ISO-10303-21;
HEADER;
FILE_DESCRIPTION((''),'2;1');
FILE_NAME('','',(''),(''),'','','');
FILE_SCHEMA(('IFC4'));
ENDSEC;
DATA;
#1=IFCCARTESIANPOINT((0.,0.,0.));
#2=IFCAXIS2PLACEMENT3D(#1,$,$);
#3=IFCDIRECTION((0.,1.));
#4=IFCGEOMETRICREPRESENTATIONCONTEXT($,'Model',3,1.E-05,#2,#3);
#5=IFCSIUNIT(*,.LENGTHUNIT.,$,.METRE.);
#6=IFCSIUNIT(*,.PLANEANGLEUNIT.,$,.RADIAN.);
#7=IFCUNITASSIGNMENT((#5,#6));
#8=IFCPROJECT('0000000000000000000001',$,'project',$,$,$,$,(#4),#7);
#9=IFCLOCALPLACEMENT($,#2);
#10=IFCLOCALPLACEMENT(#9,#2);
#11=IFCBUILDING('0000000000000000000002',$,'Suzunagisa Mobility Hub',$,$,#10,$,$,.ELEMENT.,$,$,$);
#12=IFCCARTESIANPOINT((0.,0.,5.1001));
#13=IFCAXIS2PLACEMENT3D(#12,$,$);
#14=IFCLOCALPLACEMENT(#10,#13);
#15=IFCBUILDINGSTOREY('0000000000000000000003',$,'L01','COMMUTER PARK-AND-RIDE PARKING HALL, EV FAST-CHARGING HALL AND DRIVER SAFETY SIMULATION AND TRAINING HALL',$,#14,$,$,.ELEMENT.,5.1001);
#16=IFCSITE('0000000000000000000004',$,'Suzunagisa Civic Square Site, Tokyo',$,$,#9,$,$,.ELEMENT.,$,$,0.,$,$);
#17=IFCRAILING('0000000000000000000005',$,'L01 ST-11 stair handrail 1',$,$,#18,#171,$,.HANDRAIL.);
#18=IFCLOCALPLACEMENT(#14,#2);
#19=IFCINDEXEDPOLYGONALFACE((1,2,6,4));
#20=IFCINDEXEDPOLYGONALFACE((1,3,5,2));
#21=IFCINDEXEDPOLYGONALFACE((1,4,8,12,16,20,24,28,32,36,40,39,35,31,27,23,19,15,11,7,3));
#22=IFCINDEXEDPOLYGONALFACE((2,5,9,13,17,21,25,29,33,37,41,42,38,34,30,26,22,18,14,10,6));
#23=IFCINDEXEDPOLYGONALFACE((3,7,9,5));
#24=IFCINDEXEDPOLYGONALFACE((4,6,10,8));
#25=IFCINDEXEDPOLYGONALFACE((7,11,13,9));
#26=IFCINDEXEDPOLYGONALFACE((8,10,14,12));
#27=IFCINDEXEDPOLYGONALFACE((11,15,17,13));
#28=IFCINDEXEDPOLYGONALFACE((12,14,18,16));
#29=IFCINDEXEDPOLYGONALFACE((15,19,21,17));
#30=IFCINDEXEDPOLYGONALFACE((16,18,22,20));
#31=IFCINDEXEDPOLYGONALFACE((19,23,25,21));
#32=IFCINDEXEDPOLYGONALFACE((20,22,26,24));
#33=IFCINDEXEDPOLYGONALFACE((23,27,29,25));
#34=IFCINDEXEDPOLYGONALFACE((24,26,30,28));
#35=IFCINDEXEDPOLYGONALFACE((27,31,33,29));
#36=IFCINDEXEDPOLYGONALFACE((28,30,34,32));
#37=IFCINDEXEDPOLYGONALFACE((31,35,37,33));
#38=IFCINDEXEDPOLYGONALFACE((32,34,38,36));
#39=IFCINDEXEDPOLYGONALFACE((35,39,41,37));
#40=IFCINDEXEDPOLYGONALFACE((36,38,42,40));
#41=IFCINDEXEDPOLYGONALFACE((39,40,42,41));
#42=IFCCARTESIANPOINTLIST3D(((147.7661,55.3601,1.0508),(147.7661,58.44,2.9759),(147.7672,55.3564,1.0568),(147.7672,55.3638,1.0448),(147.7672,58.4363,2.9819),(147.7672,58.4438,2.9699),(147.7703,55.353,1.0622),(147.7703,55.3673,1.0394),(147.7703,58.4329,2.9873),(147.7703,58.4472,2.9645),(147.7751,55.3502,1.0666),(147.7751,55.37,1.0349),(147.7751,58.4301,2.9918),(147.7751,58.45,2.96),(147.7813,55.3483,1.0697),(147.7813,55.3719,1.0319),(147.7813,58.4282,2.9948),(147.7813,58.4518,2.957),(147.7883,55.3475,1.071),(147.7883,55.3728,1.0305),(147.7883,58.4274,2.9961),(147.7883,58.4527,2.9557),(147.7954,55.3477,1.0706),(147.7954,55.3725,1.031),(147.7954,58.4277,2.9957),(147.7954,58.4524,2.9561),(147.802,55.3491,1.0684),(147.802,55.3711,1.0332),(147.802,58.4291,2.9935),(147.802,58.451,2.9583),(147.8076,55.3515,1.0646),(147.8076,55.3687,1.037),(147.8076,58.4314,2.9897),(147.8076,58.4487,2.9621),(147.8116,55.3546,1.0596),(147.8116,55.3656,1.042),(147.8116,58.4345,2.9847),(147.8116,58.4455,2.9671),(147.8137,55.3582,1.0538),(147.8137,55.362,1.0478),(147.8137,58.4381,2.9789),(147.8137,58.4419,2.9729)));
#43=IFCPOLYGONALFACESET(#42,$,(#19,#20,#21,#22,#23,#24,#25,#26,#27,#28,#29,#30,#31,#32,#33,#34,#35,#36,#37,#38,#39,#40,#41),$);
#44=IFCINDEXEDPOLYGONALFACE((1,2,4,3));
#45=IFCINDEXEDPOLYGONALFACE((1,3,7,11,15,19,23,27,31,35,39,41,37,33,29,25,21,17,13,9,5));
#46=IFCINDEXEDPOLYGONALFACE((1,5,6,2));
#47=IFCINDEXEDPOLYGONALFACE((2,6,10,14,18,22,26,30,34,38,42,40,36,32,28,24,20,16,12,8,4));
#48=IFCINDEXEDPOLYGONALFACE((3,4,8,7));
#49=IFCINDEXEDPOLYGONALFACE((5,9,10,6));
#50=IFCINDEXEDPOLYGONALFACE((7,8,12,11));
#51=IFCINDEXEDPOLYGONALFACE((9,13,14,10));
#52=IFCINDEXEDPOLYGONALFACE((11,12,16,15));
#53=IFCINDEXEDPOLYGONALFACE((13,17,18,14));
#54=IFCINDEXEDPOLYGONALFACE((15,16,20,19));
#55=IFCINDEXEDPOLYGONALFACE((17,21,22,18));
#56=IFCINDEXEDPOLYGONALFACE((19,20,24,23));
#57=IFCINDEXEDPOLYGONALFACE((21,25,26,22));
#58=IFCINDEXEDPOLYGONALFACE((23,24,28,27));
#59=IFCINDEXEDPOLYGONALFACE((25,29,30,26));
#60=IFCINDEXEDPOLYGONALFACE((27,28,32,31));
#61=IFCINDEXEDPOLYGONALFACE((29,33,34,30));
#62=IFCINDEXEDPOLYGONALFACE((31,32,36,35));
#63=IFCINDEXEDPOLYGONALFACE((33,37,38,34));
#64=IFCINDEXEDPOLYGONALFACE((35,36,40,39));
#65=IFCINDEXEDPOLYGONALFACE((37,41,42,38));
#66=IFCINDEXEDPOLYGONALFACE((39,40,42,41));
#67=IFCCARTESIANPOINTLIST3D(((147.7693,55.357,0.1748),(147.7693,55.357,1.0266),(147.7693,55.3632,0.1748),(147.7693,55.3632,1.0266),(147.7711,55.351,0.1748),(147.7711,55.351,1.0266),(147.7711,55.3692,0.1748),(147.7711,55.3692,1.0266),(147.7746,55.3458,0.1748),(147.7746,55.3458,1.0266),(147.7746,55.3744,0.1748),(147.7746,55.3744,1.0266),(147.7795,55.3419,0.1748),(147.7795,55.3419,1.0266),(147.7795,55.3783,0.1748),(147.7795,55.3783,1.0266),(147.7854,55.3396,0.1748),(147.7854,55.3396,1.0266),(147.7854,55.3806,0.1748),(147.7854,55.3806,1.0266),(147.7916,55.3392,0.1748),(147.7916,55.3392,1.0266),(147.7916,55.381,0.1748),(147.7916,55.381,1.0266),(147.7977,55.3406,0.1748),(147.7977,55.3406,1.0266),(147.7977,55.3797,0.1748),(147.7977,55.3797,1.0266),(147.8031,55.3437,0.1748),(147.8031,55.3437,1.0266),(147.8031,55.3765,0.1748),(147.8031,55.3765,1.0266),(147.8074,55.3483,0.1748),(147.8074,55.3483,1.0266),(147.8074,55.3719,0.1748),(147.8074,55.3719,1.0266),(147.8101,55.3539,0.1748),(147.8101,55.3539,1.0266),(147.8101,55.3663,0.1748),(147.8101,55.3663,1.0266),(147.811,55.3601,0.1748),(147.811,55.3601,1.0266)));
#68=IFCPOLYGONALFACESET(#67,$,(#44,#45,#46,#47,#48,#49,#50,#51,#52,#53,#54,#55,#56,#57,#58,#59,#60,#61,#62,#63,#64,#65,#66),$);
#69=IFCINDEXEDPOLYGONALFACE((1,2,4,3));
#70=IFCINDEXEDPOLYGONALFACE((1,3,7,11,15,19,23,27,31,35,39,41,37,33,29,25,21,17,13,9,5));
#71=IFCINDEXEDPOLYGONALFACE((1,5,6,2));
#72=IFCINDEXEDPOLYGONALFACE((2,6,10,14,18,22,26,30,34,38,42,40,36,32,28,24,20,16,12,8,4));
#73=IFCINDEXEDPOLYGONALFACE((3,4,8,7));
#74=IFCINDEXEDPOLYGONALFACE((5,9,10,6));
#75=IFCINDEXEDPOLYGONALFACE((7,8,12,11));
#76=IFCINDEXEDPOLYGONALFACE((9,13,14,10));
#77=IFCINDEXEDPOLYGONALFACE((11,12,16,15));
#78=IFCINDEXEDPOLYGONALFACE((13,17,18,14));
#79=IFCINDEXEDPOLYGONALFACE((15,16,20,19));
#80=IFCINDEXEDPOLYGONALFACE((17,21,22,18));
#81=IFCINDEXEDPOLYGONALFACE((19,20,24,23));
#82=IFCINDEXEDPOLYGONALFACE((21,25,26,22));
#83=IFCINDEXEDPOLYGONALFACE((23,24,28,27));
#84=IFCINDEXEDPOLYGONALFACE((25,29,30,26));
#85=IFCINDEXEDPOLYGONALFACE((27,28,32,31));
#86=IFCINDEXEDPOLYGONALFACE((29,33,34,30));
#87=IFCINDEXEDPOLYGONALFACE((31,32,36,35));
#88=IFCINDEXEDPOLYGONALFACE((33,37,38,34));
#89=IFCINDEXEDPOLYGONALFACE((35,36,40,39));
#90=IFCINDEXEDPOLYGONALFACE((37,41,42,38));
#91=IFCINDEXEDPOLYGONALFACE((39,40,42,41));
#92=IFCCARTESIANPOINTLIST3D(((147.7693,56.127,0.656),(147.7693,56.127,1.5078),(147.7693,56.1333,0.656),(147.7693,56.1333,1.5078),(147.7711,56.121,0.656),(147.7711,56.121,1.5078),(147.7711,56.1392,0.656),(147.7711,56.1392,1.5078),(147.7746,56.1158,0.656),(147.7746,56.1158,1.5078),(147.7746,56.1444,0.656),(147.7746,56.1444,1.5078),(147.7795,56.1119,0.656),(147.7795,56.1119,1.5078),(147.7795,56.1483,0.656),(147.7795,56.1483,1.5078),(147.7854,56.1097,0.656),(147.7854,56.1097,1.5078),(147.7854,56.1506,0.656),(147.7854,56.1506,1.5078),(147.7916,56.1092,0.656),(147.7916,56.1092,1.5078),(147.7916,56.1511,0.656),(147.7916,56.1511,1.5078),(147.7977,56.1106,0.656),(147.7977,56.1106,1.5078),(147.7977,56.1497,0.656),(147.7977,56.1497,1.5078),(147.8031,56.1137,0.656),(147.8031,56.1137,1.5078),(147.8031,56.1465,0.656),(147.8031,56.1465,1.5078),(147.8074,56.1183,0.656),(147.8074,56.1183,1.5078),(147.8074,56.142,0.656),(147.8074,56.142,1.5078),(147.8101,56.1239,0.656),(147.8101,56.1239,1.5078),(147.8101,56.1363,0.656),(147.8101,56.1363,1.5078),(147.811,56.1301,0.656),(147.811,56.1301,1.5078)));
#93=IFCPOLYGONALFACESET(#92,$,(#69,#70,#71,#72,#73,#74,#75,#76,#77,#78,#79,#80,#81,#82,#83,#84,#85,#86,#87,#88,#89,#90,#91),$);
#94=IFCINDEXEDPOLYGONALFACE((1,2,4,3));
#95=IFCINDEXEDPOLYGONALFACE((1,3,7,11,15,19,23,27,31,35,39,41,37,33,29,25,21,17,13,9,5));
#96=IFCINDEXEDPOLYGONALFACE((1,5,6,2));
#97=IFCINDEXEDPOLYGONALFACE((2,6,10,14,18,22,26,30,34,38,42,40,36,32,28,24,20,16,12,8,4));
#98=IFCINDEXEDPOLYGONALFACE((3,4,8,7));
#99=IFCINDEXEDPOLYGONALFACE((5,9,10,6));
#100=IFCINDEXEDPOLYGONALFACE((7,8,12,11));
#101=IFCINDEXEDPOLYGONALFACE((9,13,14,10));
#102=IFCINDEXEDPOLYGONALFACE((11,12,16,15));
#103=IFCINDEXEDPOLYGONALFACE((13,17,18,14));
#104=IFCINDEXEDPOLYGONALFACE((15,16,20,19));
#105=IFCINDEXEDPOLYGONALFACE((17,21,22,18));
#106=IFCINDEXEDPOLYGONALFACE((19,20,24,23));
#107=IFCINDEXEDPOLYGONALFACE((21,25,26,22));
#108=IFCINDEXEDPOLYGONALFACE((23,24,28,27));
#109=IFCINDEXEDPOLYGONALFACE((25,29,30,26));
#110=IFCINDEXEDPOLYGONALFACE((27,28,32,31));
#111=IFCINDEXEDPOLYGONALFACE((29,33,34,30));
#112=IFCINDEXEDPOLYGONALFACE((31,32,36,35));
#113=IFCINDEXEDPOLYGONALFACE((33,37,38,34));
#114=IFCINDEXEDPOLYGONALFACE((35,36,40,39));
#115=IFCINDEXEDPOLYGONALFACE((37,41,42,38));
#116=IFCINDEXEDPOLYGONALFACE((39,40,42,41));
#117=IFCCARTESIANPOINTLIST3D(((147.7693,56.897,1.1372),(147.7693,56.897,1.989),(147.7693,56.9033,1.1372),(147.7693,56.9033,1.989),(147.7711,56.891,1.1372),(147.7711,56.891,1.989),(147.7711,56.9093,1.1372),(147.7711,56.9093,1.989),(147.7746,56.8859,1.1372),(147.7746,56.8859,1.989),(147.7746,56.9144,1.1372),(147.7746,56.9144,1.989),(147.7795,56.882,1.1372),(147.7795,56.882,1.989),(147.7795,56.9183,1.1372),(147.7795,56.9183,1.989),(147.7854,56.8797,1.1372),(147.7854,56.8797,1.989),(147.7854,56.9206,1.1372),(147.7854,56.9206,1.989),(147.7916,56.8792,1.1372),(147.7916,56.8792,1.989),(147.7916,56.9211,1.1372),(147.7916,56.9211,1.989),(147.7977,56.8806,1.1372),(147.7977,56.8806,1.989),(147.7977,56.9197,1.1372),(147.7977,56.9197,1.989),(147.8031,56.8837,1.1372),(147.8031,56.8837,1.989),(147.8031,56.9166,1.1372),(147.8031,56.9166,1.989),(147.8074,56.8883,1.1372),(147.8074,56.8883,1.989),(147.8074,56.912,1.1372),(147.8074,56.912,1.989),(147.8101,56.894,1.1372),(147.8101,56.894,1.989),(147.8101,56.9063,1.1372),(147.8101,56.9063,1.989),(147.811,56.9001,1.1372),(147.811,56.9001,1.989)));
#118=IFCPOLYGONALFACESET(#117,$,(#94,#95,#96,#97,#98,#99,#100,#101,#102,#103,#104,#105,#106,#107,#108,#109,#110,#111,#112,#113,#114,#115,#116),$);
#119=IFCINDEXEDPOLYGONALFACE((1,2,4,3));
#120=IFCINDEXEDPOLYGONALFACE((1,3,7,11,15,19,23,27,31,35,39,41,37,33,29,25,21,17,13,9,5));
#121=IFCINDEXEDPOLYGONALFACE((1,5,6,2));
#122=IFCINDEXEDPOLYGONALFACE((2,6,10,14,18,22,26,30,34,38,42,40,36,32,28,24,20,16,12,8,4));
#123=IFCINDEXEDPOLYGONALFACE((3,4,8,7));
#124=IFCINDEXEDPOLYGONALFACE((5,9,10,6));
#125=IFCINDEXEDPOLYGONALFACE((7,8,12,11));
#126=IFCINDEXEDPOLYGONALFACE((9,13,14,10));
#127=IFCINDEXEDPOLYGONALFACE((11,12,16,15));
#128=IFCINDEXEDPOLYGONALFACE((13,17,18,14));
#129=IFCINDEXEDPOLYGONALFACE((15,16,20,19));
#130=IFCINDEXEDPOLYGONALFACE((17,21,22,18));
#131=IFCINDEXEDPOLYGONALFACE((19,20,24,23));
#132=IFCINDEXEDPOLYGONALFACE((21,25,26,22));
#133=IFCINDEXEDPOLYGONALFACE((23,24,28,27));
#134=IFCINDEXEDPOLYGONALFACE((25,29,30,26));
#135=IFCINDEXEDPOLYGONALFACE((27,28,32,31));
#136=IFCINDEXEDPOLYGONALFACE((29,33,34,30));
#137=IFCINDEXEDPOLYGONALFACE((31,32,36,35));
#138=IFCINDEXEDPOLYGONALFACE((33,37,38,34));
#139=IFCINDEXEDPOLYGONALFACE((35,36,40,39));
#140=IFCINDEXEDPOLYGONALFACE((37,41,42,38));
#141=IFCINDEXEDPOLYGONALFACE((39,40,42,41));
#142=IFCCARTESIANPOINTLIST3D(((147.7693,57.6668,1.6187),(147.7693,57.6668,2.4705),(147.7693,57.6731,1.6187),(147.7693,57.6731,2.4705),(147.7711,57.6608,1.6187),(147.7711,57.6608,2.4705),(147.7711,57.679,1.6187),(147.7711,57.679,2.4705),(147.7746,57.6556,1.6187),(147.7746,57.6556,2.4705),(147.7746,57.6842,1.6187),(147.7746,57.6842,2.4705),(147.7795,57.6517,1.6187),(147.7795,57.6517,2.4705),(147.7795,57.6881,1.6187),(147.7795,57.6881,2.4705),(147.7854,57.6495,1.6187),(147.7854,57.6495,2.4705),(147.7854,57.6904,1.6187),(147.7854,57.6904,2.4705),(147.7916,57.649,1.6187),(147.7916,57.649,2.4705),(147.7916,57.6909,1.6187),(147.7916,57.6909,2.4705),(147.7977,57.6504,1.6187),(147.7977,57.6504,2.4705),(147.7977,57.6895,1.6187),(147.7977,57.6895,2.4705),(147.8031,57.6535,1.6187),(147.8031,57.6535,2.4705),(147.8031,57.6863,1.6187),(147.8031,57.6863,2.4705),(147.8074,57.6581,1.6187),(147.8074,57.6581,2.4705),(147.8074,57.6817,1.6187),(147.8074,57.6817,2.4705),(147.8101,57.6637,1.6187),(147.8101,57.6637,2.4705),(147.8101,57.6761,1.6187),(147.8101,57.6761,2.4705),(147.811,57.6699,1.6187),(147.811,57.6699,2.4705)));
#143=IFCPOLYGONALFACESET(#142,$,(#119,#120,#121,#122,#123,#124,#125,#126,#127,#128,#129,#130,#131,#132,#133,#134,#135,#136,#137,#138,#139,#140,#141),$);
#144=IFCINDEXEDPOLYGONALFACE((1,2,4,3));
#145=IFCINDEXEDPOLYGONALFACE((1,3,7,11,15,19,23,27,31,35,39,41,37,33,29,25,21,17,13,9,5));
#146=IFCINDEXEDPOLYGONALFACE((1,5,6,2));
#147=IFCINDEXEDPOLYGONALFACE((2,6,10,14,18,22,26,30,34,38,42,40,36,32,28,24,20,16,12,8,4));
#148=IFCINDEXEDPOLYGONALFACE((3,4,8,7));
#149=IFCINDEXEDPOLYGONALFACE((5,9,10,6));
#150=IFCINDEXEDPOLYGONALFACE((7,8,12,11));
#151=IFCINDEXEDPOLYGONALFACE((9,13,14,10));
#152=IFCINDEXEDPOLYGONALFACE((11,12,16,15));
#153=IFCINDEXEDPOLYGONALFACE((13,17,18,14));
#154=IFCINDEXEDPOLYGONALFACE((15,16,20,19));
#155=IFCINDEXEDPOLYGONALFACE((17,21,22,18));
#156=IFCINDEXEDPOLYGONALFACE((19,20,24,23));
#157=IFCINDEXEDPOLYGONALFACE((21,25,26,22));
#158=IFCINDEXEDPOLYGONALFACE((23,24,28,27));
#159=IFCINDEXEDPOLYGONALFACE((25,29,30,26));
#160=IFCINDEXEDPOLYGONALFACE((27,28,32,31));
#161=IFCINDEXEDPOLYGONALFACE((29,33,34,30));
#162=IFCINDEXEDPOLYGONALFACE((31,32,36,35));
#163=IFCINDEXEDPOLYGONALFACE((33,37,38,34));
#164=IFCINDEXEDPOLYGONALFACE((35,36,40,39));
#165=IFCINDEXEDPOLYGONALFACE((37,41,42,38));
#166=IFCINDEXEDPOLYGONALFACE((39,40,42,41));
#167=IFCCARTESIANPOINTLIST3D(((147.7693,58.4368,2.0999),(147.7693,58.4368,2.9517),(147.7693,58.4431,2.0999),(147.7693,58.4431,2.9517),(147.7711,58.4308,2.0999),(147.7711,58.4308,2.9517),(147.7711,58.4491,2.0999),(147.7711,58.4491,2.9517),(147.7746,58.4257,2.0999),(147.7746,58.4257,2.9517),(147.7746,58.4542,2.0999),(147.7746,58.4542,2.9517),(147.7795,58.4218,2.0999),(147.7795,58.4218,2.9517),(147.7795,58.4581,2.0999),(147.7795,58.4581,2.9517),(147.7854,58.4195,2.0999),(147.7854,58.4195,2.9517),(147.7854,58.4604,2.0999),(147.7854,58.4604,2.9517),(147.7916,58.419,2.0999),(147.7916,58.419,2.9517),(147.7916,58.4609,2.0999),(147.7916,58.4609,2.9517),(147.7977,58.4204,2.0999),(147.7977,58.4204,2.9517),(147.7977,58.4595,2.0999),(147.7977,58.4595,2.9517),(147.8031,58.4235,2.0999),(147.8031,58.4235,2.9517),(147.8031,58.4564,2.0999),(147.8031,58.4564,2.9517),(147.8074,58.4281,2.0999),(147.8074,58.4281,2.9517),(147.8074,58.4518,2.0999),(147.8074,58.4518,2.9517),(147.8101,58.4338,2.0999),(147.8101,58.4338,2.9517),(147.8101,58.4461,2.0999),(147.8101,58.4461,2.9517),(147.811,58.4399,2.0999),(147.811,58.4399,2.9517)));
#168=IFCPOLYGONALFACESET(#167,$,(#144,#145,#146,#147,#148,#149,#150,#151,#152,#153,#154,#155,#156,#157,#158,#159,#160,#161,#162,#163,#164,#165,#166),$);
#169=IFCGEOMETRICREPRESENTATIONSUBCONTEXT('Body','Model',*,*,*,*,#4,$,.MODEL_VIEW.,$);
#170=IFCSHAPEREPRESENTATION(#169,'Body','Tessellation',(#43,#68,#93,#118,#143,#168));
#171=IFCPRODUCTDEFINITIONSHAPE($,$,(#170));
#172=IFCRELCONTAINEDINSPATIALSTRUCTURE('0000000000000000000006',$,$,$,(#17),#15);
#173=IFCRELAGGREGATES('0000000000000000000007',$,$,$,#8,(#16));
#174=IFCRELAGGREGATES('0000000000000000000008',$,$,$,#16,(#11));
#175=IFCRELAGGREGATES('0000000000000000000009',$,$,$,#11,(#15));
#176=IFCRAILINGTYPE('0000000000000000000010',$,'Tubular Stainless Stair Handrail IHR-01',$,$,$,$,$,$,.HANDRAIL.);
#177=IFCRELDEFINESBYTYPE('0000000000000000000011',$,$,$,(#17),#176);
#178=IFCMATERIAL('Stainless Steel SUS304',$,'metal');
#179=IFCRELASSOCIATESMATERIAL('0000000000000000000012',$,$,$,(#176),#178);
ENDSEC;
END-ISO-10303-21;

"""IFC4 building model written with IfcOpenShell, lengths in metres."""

from ifc_helpers import new_model, si_unit, direction, frame, origin, origin_2d, place, context, subcontext, project, spatial, circle, extrude, material, type_object, element, save


model = new_model("IFC4")

# Units and contexts
model_context = context("Model", 3, precision=1e-05, world=origin(), true_north=direction((0.0, 1.0)))
body_context = subcontext(model_context, "Body", "Model", "MODEL_VIEW")
ifc_project = project(units=[si_unit("LENGTHUNIT", "METRE"), si_unit("PLANEANGLEUNIT", "RADIAN")], contexts=[model_context])

# Site, building, storey
site_placement = place(None, origin())
site = spatial("IfcSite", under=ifc_project, at=site_placement, Name="Suzunagisa Civic Square Site, Tokyo", CompositionType="ELEMENT", RefElevation=0.0)
building_placement = place(site_placement, origin())
building = spatial("IfcBuilding", under=site, at=building_placement, Name="Suzunagisa Mobility Hub", CompositionType="ELEMENT")
storey_placement = place(building_placement, frame((0.0, 0.0, 5.1001)))
storey = spatial("IfcBuildingStorey", under=building, at=storey_placement, Name="L01", Description="COMMUTER PARK-AND-RIDE PARKING HALL, EV FAST-CHARGING HALL AND DRIVER SAFETY SIMULATION AND TRAINING HALL", CompositionType="ELEMENT", Elevation=5.1001)

# Railing
ifc_material_1 = material(Name="Stainless Steel SUS304", Category="metal")
railing_type_1 = type_object("IfcRailingType", Name="Tubular Stainless Stair Handrail IHR-01", PredefinedType="HANDRAIL", material=ifc_material_1)
railing_1_placement = place(storey_placement, frame((147.79, 55.3601, 0.1748)))
element("IfcRailing", 1, at=railing_1_placement, inside=storey, type_object=railing_type_1, Name="L01 ST-11 stair handrail 1", PredefinedType="HANDRAIL", context=body_context, shape_type="SweptSolid", body=[
    extrude(circle(Radius=0.0239, at=origin_2d()), frame((0.0, 0.0, 0.876), z_axis=(0.0, 0.847979, 0.530029), x_axis=(-1.0, 0.0, 0.0)), (0.0, 0.0, 1.0), 3.6321),
    extrude(circle(Radius=0.021, at=origin_2d()), origin(), (0.0, 0.0, 1.0), 0.8518),
    extrude(circle(Radius=0.021, at=origin_2d()), frame((0.0, 0.77, 0.4812)), (0.0, 0.0, 1.0), 0.8518),
    extrude(circle(Radius=0.021, at=origin_2d()), frame((0.0, 1.54, 0.9624)), (0.0, 0.0, 1.0), 0.8518),
    extrude(circle(Radius=0.021, at=origin_2d()), frame((0.0, 2.3098, 1.4438)), (0.0, 0.0, 1.0), 0.8518),
    extrude(circle(Radius=0.021, at=origin_2d()), frame((0.0, 3.0798, 1.925)), (0.0, 0.0, 1.0), 0.8518),
])

save(model, "model.ifc")
